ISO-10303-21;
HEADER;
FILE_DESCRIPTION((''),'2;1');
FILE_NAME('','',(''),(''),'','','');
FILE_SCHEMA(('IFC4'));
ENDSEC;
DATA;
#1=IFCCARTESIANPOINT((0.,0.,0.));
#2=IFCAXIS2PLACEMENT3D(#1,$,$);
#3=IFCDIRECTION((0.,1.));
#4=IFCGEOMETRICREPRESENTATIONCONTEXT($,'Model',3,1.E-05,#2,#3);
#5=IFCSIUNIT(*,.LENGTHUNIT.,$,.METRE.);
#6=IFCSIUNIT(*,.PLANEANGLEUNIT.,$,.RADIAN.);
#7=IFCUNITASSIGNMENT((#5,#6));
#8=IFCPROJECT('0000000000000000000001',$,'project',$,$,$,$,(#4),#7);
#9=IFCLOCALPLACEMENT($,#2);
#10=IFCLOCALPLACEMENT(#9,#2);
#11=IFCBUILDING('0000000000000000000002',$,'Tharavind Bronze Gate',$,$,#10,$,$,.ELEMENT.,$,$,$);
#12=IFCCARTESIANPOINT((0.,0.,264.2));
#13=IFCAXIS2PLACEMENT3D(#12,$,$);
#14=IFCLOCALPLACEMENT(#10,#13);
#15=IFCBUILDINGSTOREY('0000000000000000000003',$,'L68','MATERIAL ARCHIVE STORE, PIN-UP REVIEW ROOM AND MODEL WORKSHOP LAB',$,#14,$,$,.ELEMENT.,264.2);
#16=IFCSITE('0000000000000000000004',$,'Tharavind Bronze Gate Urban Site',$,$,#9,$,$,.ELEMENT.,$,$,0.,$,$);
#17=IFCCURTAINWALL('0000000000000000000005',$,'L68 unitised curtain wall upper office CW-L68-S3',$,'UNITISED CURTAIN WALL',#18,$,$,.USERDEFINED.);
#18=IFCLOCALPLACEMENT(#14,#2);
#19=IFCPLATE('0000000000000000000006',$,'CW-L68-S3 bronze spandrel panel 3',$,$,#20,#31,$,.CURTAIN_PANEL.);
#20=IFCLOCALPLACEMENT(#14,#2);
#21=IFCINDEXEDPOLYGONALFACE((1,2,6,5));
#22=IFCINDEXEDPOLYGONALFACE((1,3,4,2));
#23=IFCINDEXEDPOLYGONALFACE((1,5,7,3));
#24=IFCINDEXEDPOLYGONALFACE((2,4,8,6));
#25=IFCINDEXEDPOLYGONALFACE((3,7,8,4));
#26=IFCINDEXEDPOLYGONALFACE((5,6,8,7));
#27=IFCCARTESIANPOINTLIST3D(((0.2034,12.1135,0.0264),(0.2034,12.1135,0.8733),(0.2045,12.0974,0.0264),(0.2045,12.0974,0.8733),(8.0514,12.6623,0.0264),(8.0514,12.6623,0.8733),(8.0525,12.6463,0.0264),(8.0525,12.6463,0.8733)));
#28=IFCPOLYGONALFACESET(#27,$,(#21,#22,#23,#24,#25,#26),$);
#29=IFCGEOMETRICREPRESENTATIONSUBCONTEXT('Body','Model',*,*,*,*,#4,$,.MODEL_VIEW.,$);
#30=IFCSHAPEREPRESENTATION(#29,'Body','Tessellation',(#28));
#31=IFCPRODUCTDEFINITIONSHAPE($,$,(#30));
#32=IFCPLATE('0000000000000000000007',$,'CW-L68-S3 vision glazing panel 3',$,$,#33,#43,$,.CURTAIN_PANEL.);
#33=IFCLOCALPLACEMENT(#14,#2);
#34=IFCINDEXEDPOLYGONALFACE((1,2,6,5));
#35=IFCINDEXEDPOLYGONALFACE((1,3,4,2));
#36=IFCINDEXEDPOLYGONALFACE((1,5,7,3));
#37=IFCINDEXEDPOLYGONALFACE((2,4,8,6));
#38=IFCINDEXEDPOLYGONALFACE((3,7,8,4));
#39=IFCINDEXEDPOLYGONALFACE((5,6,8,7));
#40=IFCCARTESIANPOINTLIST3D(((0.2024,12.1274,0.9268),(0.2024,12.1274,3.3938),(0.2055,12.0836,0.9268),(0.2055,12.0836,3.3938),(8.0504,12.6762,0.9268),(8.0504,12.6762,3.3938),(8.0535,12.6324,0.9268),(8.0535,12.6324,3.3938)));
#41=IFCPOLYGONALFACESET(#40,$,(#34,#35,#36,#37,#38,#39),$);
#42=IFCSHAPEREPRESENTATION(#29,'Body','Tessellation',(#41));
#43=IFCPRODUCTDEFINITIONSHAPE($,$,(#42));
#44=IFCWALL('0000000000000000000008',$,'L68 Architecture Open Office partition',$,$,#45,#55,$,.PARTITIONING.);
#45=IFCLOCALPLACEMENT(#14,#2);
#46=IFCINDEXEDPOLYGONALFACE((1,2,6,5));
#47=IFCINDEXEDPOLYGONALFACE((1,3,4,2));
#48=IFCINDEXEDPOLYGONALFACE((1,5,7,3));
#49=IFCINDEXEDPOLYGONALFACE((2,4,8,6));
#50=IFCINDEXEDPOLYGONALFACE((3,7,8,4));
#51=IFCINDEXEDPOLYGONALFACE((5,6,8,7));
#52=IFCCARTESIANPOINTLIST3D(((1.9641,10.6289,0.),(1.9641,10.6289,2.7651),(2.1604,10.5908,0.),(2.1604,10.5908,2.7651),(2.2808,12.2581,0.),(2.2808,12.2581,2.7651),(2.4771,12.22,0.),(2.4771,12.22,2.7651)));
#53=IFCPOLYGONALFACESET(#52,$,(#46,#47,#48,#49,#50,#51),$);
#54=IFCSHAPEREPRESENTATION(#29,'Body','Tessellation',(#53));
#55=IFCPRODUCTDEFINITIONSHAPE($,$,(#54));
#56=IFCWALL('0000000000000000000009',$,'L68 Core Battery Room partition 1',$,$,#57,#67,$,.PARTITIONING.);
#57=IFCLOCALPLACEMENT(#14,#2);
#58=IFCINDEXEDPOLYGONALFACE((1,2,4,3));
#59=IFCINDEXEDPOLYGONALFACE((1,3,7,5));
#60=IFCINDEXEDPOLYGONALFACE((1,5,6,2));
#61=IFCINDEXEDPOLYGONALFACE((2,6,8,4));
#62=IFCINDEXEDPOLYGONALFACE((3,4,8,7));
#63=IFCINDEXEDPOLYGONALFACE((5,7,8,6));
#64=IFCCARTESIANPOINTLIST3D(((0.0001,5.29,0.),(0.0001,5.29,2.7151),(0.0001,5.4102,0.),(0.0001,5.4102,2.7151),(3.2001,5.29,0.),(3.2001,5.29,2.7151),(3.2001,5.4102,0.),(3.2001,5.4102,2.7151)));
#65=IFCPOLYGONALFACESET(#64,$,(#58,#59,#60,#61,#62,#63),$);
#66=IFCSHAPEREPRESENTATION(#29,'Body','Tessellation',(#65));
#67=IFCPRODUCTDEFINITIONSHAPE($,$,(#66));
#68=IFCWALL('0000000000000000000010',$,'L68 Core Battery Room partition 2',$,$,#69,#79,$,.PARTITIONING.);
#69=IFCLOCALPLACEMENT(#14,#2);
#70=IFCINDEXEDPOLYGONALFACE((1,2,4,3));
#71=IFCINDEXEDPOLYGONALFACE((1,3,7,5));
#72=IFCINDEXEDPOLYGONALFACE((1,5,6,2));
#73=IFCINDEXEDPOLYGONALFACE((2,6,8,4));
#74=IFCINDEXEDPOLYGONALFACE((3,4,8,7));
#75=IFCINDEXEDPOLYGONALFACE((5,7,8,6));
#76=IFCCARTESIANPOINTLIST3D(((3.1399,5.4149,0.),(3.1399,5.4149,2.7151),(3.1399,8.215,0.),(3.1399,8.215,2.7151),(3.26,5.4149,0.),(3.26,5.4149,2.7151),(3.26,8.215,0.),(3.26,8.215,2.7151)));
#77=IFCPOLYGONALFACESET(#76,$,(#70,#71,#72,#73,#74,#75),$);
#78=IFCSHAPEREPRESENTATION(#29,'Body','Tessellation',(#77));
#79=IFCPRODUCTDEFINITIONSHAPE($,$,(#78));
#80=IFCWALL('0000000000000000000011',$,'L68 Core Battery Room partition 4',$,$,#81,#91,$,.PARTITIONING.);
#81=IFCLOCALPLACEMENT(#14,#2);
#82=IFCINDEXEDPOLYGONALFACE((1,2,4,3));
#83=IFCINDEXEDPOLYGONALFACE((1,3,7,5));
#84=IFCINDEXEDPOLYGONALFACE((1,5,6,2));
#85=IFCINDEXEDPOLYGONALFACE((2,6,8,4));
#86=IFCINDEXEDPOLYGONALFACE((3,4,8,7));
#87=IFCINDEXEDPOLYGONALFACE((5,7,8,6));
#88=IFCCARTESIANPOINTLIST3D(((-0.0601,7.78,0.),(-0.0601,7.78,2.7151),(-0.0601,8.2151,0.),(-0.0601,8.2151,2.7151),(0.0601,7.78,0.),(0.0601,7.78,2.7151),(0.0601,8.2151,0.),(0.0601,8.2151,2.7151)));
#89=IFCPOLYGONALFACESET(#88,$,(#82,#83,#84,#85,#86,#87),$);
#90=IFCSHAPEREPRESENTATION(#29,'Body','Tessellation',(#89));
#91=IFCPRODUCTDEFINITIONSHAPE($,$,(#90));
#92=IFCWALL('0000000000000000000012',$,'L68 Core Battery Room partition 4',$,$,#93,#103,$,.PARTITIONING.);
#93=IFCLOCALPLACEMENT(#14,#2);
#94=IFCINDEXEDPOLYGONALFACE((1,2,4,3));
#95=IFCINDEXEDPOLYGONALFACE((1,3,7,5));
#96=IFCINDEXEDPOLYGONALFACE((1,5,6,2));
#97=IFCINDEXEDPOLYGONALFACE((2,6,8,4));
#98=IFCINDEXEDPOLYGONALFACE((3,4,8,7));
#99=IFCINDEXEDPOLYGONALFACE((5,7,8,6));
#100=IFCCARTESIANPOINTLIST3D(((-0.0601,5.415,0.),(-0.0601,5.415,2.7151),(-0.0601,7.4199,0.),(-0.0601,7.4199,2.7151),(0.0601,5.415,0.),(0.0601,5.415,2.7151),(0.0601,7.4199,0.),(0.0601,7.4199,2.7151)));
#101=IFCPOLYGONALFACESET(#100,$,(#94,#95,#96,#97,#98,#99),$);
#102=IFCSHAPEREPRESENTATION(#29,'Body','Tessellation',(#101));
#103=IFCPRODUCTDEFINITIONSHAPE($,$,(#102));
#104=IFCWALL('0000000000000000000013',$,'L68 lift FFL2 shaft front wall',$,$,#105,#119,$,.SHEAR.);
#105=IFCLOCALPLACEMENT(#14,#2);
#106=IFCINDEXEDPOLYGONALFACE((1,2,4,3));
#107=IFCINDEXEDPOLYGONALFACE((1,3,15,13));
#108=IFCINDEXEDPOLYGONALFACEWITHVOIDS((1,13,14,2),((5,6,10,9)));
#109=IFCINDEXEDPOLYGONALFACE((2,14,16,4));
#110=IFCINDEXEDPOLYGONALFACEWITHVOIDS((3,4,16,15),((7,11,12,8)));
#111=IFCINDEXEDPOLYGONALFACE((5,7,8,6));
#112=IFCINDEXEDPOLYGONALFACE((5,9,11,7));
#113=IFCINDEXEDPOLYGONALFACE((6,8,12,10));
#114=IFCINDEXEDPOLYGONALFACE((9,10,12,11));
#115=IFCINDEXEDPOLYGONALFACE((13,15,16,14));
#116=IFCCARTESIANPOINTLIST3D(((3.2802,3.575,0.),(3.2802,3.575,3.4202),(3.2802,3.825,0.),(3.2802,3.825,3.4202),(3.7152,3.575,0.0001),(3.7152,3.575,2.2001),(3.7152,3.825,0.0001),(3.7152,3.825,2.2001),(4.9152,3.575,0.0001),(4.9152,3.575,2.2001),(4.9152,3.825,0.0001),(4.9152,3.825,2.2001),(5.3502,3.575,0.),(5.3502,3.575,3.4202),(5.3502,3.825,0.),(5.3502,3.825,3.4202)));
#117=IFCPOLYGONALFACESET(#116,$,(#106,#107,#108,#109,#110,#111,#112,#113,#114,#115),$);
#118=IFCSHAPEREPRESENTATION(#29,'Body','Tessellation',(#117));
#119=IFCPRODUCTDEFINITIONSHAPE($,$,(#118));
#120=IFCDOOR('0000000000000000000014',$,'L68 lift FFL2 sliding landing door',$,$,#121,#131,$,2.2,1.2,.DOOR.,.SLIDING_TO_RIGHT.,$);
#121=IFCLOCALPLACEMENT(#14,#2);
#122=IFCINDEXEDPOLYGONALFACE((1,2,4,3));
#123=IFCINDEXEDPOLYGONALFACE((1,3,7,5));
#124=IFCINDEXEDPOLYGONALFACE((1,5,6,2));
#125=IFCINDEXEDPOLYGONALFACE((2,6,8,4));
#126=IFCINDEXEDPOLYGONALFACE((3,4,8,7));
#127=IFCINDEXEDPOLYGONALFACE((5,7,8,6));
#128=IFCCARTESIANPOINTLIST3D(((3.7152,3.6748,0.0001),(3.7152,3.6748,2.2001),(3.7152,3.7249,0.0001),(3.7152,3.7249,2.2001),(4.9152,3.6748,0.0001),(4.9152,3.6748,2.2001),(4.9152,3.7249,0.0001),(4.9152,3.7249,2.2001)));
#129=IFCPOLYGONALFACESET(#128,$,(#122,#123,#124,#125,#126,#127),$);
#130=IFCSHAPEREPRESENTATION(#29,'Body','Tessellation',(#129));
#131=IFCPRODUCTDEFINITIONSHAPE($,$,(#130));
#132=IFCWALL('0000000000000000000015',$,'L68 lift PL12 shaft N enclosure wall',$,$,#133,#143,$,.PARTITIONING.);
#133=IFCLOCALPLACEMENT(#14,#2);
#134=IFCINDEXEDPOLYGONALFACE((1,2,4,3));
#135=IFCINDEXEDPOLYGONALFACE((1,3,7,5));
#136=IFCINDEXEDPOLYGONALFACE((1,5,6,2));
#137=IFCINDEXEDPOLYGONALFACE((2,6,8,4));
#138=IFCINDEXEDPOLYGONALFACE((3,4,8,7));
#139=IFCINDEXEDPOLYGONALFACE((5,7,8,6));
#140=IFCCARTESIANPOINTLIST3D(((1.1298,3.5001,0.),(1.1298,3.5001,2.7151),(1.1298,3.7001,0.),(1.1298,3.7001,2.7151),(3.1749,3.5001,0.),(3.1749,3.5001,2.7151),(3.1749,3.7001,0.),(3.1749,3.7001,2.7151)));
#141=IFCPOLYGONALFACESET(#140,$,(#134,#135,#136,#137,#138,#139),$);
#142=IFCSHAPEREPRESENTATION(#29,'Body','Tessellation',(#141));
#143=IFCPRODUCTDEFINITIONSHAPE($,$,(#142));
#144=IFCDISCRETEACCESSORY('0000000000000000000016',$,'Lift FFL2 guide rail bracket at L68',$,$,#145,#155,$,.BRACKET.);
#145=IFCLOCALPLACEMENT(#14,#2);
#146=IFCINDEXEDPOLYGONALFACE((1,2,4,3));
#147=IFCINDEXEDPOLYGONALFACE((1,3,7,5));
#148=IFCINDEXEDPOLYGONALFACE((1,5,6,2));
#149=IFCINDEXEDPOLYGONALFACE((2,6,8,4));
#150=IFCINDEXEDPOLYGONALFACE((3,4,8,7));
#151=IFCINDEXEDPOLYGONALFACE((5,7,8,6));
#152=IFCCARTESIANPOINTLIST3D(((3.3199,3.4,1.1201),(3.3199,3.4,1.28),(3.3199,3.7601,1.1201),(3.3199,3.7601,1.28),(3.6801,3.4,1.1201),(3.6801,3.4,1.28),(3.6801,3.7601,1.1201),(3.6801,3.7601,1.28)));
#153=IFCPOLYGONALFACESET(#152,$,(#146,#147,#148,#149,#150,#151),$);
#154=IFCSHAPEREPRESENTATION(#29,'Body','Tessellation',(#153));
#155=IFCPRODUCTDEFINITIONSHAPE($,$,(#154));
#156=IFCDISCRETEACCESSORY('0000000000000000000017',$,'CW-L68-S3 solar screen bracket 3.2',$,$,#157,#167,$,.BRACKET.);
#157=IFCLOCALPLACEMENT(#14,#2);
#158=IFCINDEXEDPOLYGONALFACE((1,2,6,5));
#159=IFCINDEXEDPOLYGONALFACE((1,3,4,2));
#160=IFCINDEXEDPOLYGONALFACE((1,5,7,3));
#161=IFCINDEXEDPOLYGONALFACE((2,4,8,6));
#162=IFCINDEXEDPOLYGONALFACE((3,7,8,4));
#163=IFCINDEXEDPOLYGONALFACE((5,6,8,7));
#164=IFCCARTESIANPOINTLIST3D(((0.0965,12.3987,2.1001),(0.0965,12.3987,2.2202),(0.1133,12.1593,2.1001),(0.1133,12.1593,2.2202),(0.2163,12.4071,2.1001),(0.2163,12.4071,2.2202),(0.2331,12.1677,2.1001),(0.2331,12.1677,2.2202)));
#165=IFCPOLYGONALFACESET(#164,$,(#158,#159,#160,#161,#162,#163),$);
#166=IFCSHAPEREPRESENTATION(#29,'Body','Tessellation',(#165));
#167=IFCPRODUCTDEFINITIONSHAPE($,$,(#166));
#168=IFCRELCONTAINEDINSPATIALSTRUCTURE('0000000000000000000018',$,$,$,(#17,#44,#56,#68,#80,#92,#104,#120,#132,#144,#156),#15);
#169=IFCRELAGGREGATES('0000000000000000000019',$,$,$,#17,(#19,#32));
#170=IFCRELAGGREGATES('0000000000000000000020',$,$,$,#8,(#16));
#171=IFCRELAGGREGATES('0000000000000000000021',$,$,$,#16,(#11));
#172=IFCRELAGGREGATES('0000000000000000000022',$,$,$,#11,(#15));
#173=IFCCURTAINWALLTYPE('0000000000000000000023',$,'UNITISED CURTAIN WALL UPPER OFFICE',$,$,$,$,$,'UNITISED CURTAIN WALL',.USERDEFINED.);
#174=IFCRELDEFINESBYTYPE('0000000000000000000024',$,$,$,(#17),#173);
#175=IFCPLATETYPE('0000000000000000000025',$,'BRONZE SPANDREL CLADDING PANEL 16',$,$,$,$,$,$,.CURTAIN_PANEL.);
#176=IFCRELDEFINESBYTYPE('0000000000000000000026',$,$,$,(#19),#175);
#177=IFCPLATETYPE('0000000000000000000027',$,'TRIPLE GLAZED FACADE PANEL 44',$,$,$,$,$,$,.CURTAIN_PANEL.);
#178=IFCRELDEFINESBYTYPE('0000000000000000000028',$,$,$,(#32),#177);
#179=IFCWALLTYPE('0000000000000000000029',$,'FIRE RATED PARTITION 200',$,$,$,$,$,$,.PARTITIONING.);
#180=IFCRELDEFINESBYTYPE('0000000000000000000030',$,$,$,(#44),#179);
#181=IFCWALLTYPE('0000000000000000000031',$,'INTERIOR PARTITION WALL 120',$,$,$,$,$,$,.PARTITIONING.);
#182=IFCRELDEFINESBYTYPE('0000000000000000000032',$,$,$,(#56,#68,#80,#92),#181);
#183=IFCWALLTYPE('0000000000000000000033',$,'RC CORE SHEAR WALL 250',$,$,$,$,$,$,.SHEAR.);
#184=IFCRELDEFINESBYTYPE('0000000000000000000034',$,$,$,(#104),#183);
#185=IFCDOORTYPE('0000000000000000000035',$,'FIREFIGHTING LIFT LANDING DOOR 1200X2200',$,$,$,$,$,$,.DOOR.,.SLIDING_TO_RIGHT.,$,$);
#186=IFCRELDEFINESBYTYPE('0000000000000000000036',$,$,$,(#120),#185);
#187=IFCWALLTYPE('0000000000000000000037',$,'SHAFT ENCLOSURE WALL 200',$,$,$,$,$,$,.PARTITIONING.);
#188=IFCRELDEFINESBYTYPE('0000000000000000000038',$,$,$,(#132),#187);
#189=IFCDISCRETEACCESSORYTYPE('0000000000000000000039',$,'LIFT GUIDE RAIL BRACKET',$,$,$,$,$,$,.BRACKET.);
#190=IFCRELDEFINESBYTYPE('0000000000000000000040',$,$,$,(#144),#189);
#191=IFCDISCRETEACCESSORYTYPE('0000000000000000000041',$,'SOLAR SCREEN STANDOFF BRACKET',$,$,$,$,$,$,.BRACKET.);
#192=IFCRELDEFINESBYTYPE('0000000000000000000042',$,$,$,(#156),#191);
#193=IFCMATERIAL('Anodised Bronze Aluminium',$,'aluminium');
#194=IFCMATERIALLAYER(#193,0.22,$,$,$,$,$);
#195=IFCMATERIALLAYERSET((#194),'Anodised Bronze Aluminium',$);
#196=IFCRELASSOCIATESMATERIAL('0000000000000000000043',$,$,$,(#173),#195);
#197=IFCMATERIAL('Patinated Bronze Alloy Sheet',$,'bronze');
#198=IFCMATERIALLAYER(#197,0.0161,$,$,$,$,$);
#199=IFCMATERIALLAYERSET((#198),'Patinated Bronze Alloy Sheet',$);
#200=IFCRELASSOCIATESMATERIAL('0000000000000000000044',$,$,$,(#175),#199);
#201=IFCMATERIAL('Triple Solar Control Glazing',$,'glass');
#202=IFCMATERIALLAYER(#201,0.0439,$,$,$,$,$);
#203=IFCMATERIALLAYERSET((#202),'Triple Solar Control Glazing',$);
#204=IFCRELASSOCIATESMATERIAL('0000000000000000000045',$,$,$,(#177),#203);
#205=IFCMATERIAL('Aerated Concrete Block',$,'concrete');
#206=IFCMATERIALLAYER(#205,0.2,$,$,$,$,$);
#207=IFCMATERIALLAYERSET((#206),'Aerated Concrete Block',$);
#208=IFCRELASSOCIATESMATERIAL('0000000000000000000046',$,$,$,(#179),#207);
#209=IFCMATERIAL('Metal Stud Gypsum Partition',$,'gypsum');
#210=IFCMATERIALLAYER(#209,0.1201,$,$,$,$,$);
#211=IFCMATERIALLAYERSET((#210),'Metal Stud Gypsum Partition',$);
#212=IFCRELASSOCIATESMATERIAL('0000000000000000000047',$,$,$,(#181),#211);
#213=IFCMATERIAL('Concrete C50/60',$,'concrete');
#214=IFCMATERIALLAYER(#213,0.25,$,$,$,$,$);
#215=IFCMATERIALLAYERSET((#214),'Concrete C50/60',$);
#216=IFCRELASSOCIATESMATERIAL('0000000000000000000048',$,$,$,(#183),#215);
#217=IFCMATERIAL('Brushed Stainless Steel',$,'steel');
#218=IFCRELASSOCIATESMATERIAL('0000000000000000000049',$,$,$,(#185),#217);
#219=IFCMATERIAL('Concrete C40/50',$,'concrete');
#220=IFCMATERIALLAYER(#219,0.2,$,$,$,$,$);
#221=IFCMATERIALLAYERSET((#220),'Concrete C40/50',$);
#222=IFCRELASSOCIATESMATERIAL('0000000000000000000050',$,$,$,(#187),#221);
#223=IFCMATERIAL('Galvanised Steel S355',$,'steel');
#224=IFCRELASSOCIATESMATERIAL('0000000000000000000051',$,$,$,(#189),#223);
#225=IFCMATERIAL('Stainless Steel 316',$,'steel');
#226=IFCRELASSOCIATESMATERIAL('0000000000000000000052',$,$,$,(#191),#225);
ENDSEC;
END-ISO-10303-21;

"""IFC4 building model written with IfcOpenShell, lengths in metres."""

from ifc_helpers import new_model, si_unit, direction, frame, frame_2d, origin, origin_2d, place, context, subcontext, project, spatial, rectangle, extrude, material, layer, layer_set, type_object, element, fill, aggregate, save


model = new_model("IFC4")

# Units and contexts
model_context = context("Model", 3, precision=1e-05, world=origin(), true_north=direction((0.0, 1.0)))
body_context = subcontext(model_context, "Body", "Model", "MODEL_VIEW")
ifc_project = project(units=[si_unit("LENGTHUNIT", "METRE"), si_unit("PLANEANGLEUNIT", "RADIAN")], contexts=[model_context])

# Site, building, storey
site_placement = place(None, origin())
site = spatial("IfcSite", under=ifc_project, at=site_placement, Name="Tharavind Bronze Gate Urban Site", CompositionType="ELEMENT", RefElevation=0.0)
building_placement = place(site_placement, origin())
building = spatial("IfcBuilding", under=site, at=building_placement, Name="Tharavind Bronze Gate", CompositionType="ELEMENT")
storey_placement = place(building_placement, frame((0.0, 0.0, 264.2)))
storey = spatial("IfcBuildingStorey", under=building, at=storey_placement, Name="L68", Description="MATERIAL ARCHIVE STORE, PIN-UP REVIEW ROOM AND MODEL WORKSHOP LAB", CompositionType="ELEMENT", Elevation=264.2)

# Shared definitions
ifc_material_1 = material(Name="Concrete C50/60", Category="concrete")

# Curtain wall
ifc_material_2 = material(Name="Anodised Bronze Aluminium", Category="aluminium")
ifc_layer_1 = layer(ifc_material_2, 0.22)
ifc_layer_set_1 = layer_set([ifc_layer_1], Name="Anodised Bronze Aluminium")
curtain_wall_type = type_object("IfcCurtainWallType", Name="UNITISED CURTAIN WALL UPPER OFFICE", ElementType="UNITISED CURTAIN WALL", PredefinedType="USERDEFINED", material=ifc_layer_set_1)
curtain_wall_placement = place(storey_placement, origin())
curtain_wall = element("IfcCurtainWall", 1, at=curtain_wall_placement, inside=storey, type_object=curtain_wall_type, Name="L68 unitised curtain wall upper office CW-L68-S3", ObjectType="UNITISED CURTAIN WALL", PredefinedType="USERDEFINED")

# Plates
ifc_material_3 = material(Name="Patinated Bronze Alloy Sheet", Category="bronze")
ifc_layer_2 = layer(ifc_material_3, 0.0161)
ifc_layer_set_2 = layer_set([ifc_layer_2], Name="Patinated Bronze Alloy Sheet")
plate_type_1 = type_object("IfcPlateType", Name="BRONZE SPANDREL CLADDING PANEL 16", PredefinedType="CURTAIN_PANEL", material=ifc_layer_set_2)
plate_1_placement = place(storey_placement, frame((4.1279, 12.3799, 0.0264), z_axis=(0.0, 0.0, 1.0), x_axis=(-0.997564, -0.06976, 0.0)))
plate_1 = element("IfcPlate", 2, at=plate_1_placement, type_object=plate_type_1, Name="CW-L68-S3 bronze spandrel panel 3", PredefinedType="CURTAIN_PANEL", context=body_context, shape_type="SweptSolid", body=[
    extrude(rectangle(XDim=7.8672, YDim=0.0161, at=origin_2d()), origin(), (0.0, 0.0, 1.0), 0.8469),
])
ifc_material_4 = material(Name="Triple Solar Control Glazing", Category="glass")
ifc_layer_3 = layer(ifc_material_4, 0.0439)
ifc_layer_set_3 = layer_set([ifc_layer_3], Name="Triple Solar Control Glazing")
plate_type_2 = type_object("IfcPlateType", Name="TRIPLE GLAZED FACADE PANEL 44", PredefinedType="CURTAIN_PANEL", material=ifc_layer_set_3)
plate_2_placement = place(storey_placement, frame((4.1279, 12.3799, 0.9268), z_axis=(0.0, 0.0, 1.0), x_axis=(-0.997564, -0.06976, 0.0)))
plate_2 = element("IfcPlate", 3, at=plate_2_placement, type_object=plate_type_2, Name="CW-L68-S3 vision glazing panel 3", PredefinedType="CURTAIN_PANEL", context=body_context, shape_type="SweptSolid", body=[
    extrude(rectangle(XDim=7.8672, YDim=0.0439, at=origin_2d()), origin(), (0.0, 0.0, 1.0), 2.467),
])
aggregate(curtain_wall, [plate_1, plate_2])

# Walls
ifc_material_5 = material(Name="Aerated Concrete Block", Category="concrete")
ifc_layer_4 = layer(ifc_material_5, 0.2)
ifc_layer_set_4 = layer_set([ifc_layer_4], Name="Aerated Concrete Block")
wall_type_1 = type_object("IfcWallType", Name="FIRE RATED PARTITION 200", PredefinedType="PARTITIONING", material=ifc_layer_set_4)
wall_1_placement = place(storey_placement, frame((2.0623, 10.6099, 0.0), z_axis=(0.0, 0.0, 1.0), x_axis=(0.190795, 0.98163, 0.0)))
element("IfcWall", 4, at=wall_1_placement, inside=storey, type_object=wall_type_1, Name="L68 Architecture Open Office partition", PredefinedType="PARTITIONING", context=body_context, shape_type="SweptSolid", body=[
    extrude(rectangle(XDim=1.6597, YDim=0.2, at=frame_2d((0.8298, 0.0))), origin(), (0.0, 0.0, 1.0), 2.7651),
])
ifc_material_6 = material(Name="Metal Stud Gypsum Partition", Category="gypsum")
ifc_layer_5 = layer(ifc_material_6, 0.1201)
ifc_layer_set_5 = layer_set([ifc_layer_5], Name="Metal Stud Gypsum Partition")
wall_type_2 = type_object("IfcWallType", Name="INTERIOR PARTITION WALL 120", PredefinedType="PARTITIONING", material=ifc_layer_set_5)
wall_2_placement = place(storey_placement, frame((0.0, 5.3501, 0.0), z_axis=(0.0, 0.0, 1.0), x_axis=(1.0, 0.0, 0.0)))
element("IfcWall", 5, at=wall_2_placement, inside=storey, type_object=wall_type_2, Name="L68 Core Battery Room partition 1", PredefinedType="PARTITIONING", context=body_context, shape_type="SweptSolid", body=[
    extrude(rectangle(XDim=3.2, YDim=0.1201, at=frame_2d((1.6001, 0.0))), origin(), (0.0, 0.0, 1.0), 2.7151),
])
wall_3_placement = place(storey_placement, frame((3.2, 5.415, 0.0), z_axis=(0.0, 0.0, 1.0), x_axis=(0.0, 1.0, 0.0)))
element("IfcWall", 6, at=wall_3_placement, inside=storey, type_object=wall_type_2, Name="L68 Core Battery Room partition 2", PredefinedType="PARTITIONING", context=body_context, shape_type="SweptSolid", body=[
    extrude(rectangle(XDim=2.8, YDim=0.1201, at=frame_2d((1.3999, 0.0))), origin(), (0.0, 0.0, 1.0), 2.7151),
])
wall_4_placement = place(storey_placement, frame((0.0, 8.2151, 0.0), z_axis=(0.0, 0.0, 1.0), x_axis=(0.0, -1.0, 0.0)))
element("IfcWall", 7, at=wall_4_placement, inside=storey, type_object=wall_type_2, Name="L68 Core Battery Room partition 4", PredefinedType="PARTITIONING", context=body_context, shape_type="SweptSolid", body=[
    extrude(rectangle(XDim=0.4351, YDim=0.1201, at=frame_2d((0.2175, 0.0))), origin(), (0.0, 0.0, 1.0), 2.7151),
])
wall_5_placement = place(storey_placement, frame((0.0, 7.4199, 0.0), z_axis=(0.0, 0.0, 1.0), x_axis=(0.0, -1.0, 0.0)))
element("IfcWall", 8, at=wall_5_placement, inside=storey, type_object=wall_type_2, Name="L68 Core Battery Room partition 4", PredefinedType="PARTITIONING", context=body_context, shape_type="SweptSolid", body=[
    extrude(rectangle(XDim=2.0049, YDim=0.1201, at=frame_2d((1.0024, 0.0))), origin(), (0.0, 0.0, 1.0), 2.7151),
])

# Wall, opening, door
ifc_layer_6 = layer(ifc_material_1, 0.25)
ifc_layer_set_6 = layer_set([ifc_layer_6], Name="Concrete C50/60")
wall_type_3 = type_object("IfcWallType", Name="RC CORE SHEAR WALL 250", PredefinedType="SHEAR", material=ifc_layer_set_6)
wall_6_placement = place(storey_placement, frame((3.28, 3.7, 0.0), z_axis=(0.0, 0.0, 1.0), x_axis=(1.0, 0.0, 0.0)))
wall_6 = element("IfcWall", 9, at=wall_6_placement, inside=storey, type_object=wall_type_3, Name="L68 lift FFL2 shaft front wall", PredefinedType="SHEAR", context=body_context, shape_type="SweptSolid", body=[
    extrude(rectangle(XDim=2.0701, YDim=0.25, at=frame_2d((1.0352, 0.0))), origin(), (0.0, 0.0, 1.0), 3.4202),
])
opening_1_placement = place(wall_6_placement, frame((0.4351, 0.0, 0.0)))
opening_1 = element("IfcOpeningElement", 10, at=opening_1_placement, cuts=wall_6, PredefinedType="OPENING", context=body_context, shape_type="SweptSolid", body=[
    extrude(rectangle(XDim=1.2, YDim=2.2, at=frame_2d((0.6001, 1.1001))), frame((0.0, 0.135, 0.0), z_axis=(0.0, -1.0, 0.0), x_axis=(1.0, 0.0, 0.0)), (0.0, 0.0, 1.0), 0.27),
])
ifc_material_7 = material(Name="Brushed Stainless Steel", Category="steel")
door_type_1 = type_object("IfcDoorType", Name="FIREFIGHTING LIFT LANDING DOOR 1200X2200", OperationType="SLIDING_TO_RIGHT", PredefinedType="DOOR", material=ifc_material_7)
door_1_placement = place(opening_1_placement, origin())
door_1 = element("IfcDoor", 11, at=door_1_placement, inside=storey, type_object=door_type_1, Name="L68 lift FFL2 sliding landing door", OperationType="SLIDING_TO_RIGHT", OverallHeight=2.2, OverallWidth=1.2, PredefinedType="DOOR", context=body_context, shape_type="SweptSolid", body=[
    extrude(rectangle(XDim=1.2, YDim=2.2, at=frame_2d((0.6001, 1.1001))), frame((0.0, 0.0249, 0.0), z_axis=(0.0, -1.0, 0.0), x_axis=(1.0, 0.0, 0.0)), (0.0, 0.0, 1.0), 0.05),
])
fill(opening_1, door_1)

# Wall
ifc_material_8 = material(Name="Concrete C40/50", Category="concrete")
ifc_layer_7 = layer(ifc_material_8, 0.2)
ifc_layer_set_7 = layer_set([ifc_layer_7], Name="Concrete C40/50")
wall_type_4 = type_object("IfcWallType", Name="SHAFT ENCLOSURE WALL 200", PredefinedType="PARTITIONING", material=ifc_layer_set_7)
wall_7_placement = place(storey_placement, frame((1.1299, 3.6001, 0.0), z_axis=(0.0, 0.0, 1.0), x_axis=(1.0, 0.0, 0.0)))
element("IfcWall", 12, at=wall_7_placement, inside=storey, type_object=wall_type_4, Name="L68 lift PL12 shaft N enclosure wall", PredefinedType="PARTITIONING", context=body_context, shape_type="SweptSolid", body=[
    extrude(rectangle(XDim=2.0452, YDim=0.2, at=frame_2d((1.0225, 0.0))), origin(), (0.0, 0.0, 1.0), 2.7151),
])

# Discrete accessories
ifc_material_9 = material(Name="Galvanised Steel S355", Category="steel")
discrete_accessory_type_1 = type_object("IfcDiscreteAccessoryType", Name="LIFT GUIDE RAIL BRACKET", PredefinedType="BRACKET", material=ifc_material_9)
discrete_accessory_1_placement = place(storey_placement, frame((3.5, 3.5801, 1.1201), z_axis=(0.0, 0.0, 1.0), x_axis=(1.0, 0.0, 0.0)))
element("IfcDiscreteAccessory", 13, at=discrete_accessory_1_placement, inside=storey, type_object=discrete_accessory_type_1, Name="Lift FFL2 guide rail bracket at L68", PredefinedType="BRACKET", context=body_context, shape_type="SweptSolid", body=[
    extrude(rectangle(XDim=0.3601, YDim=0.3601, at=origin_2d()), origin(), (0.0, 0.0, 1.0), 0.1599),
])
ifc_material_10 = material(Name="Stainless Steel 316", Category="steel")
discrete_accessory_type_2 = type_object("IfcDiscreteAccessoryType", Name="SOLAR SCREEN STANDOFF BRACKET", PredefinedType="BRACKET", material=ifc_material_10)
discrete_accessory_2_placement = place(storey_placement, frame((0.1648, 12.2832, 2.1001), z_axis=(0.0, 0.0, 1.0), x_axis=(-0.997564, -0.06976, 0.0)))
element("IfcDiscreteAccessory", 14, at=discrete_accessory_2_placement, inside=storey, type_object=discrete_accessory_type_2, Name="CW-L68-S3 solar screen bracket 3.2", PredefinedType="BRACKET", context=body_context, shape_type="SweptSolid", body=[
    extrude(rectangle(XDim=0.1201, YDim=0.24, at=origin_2d()), origin(), (0.0, 0.0, 1.0), 0.1201),
])

save(model, "model.ifc")
